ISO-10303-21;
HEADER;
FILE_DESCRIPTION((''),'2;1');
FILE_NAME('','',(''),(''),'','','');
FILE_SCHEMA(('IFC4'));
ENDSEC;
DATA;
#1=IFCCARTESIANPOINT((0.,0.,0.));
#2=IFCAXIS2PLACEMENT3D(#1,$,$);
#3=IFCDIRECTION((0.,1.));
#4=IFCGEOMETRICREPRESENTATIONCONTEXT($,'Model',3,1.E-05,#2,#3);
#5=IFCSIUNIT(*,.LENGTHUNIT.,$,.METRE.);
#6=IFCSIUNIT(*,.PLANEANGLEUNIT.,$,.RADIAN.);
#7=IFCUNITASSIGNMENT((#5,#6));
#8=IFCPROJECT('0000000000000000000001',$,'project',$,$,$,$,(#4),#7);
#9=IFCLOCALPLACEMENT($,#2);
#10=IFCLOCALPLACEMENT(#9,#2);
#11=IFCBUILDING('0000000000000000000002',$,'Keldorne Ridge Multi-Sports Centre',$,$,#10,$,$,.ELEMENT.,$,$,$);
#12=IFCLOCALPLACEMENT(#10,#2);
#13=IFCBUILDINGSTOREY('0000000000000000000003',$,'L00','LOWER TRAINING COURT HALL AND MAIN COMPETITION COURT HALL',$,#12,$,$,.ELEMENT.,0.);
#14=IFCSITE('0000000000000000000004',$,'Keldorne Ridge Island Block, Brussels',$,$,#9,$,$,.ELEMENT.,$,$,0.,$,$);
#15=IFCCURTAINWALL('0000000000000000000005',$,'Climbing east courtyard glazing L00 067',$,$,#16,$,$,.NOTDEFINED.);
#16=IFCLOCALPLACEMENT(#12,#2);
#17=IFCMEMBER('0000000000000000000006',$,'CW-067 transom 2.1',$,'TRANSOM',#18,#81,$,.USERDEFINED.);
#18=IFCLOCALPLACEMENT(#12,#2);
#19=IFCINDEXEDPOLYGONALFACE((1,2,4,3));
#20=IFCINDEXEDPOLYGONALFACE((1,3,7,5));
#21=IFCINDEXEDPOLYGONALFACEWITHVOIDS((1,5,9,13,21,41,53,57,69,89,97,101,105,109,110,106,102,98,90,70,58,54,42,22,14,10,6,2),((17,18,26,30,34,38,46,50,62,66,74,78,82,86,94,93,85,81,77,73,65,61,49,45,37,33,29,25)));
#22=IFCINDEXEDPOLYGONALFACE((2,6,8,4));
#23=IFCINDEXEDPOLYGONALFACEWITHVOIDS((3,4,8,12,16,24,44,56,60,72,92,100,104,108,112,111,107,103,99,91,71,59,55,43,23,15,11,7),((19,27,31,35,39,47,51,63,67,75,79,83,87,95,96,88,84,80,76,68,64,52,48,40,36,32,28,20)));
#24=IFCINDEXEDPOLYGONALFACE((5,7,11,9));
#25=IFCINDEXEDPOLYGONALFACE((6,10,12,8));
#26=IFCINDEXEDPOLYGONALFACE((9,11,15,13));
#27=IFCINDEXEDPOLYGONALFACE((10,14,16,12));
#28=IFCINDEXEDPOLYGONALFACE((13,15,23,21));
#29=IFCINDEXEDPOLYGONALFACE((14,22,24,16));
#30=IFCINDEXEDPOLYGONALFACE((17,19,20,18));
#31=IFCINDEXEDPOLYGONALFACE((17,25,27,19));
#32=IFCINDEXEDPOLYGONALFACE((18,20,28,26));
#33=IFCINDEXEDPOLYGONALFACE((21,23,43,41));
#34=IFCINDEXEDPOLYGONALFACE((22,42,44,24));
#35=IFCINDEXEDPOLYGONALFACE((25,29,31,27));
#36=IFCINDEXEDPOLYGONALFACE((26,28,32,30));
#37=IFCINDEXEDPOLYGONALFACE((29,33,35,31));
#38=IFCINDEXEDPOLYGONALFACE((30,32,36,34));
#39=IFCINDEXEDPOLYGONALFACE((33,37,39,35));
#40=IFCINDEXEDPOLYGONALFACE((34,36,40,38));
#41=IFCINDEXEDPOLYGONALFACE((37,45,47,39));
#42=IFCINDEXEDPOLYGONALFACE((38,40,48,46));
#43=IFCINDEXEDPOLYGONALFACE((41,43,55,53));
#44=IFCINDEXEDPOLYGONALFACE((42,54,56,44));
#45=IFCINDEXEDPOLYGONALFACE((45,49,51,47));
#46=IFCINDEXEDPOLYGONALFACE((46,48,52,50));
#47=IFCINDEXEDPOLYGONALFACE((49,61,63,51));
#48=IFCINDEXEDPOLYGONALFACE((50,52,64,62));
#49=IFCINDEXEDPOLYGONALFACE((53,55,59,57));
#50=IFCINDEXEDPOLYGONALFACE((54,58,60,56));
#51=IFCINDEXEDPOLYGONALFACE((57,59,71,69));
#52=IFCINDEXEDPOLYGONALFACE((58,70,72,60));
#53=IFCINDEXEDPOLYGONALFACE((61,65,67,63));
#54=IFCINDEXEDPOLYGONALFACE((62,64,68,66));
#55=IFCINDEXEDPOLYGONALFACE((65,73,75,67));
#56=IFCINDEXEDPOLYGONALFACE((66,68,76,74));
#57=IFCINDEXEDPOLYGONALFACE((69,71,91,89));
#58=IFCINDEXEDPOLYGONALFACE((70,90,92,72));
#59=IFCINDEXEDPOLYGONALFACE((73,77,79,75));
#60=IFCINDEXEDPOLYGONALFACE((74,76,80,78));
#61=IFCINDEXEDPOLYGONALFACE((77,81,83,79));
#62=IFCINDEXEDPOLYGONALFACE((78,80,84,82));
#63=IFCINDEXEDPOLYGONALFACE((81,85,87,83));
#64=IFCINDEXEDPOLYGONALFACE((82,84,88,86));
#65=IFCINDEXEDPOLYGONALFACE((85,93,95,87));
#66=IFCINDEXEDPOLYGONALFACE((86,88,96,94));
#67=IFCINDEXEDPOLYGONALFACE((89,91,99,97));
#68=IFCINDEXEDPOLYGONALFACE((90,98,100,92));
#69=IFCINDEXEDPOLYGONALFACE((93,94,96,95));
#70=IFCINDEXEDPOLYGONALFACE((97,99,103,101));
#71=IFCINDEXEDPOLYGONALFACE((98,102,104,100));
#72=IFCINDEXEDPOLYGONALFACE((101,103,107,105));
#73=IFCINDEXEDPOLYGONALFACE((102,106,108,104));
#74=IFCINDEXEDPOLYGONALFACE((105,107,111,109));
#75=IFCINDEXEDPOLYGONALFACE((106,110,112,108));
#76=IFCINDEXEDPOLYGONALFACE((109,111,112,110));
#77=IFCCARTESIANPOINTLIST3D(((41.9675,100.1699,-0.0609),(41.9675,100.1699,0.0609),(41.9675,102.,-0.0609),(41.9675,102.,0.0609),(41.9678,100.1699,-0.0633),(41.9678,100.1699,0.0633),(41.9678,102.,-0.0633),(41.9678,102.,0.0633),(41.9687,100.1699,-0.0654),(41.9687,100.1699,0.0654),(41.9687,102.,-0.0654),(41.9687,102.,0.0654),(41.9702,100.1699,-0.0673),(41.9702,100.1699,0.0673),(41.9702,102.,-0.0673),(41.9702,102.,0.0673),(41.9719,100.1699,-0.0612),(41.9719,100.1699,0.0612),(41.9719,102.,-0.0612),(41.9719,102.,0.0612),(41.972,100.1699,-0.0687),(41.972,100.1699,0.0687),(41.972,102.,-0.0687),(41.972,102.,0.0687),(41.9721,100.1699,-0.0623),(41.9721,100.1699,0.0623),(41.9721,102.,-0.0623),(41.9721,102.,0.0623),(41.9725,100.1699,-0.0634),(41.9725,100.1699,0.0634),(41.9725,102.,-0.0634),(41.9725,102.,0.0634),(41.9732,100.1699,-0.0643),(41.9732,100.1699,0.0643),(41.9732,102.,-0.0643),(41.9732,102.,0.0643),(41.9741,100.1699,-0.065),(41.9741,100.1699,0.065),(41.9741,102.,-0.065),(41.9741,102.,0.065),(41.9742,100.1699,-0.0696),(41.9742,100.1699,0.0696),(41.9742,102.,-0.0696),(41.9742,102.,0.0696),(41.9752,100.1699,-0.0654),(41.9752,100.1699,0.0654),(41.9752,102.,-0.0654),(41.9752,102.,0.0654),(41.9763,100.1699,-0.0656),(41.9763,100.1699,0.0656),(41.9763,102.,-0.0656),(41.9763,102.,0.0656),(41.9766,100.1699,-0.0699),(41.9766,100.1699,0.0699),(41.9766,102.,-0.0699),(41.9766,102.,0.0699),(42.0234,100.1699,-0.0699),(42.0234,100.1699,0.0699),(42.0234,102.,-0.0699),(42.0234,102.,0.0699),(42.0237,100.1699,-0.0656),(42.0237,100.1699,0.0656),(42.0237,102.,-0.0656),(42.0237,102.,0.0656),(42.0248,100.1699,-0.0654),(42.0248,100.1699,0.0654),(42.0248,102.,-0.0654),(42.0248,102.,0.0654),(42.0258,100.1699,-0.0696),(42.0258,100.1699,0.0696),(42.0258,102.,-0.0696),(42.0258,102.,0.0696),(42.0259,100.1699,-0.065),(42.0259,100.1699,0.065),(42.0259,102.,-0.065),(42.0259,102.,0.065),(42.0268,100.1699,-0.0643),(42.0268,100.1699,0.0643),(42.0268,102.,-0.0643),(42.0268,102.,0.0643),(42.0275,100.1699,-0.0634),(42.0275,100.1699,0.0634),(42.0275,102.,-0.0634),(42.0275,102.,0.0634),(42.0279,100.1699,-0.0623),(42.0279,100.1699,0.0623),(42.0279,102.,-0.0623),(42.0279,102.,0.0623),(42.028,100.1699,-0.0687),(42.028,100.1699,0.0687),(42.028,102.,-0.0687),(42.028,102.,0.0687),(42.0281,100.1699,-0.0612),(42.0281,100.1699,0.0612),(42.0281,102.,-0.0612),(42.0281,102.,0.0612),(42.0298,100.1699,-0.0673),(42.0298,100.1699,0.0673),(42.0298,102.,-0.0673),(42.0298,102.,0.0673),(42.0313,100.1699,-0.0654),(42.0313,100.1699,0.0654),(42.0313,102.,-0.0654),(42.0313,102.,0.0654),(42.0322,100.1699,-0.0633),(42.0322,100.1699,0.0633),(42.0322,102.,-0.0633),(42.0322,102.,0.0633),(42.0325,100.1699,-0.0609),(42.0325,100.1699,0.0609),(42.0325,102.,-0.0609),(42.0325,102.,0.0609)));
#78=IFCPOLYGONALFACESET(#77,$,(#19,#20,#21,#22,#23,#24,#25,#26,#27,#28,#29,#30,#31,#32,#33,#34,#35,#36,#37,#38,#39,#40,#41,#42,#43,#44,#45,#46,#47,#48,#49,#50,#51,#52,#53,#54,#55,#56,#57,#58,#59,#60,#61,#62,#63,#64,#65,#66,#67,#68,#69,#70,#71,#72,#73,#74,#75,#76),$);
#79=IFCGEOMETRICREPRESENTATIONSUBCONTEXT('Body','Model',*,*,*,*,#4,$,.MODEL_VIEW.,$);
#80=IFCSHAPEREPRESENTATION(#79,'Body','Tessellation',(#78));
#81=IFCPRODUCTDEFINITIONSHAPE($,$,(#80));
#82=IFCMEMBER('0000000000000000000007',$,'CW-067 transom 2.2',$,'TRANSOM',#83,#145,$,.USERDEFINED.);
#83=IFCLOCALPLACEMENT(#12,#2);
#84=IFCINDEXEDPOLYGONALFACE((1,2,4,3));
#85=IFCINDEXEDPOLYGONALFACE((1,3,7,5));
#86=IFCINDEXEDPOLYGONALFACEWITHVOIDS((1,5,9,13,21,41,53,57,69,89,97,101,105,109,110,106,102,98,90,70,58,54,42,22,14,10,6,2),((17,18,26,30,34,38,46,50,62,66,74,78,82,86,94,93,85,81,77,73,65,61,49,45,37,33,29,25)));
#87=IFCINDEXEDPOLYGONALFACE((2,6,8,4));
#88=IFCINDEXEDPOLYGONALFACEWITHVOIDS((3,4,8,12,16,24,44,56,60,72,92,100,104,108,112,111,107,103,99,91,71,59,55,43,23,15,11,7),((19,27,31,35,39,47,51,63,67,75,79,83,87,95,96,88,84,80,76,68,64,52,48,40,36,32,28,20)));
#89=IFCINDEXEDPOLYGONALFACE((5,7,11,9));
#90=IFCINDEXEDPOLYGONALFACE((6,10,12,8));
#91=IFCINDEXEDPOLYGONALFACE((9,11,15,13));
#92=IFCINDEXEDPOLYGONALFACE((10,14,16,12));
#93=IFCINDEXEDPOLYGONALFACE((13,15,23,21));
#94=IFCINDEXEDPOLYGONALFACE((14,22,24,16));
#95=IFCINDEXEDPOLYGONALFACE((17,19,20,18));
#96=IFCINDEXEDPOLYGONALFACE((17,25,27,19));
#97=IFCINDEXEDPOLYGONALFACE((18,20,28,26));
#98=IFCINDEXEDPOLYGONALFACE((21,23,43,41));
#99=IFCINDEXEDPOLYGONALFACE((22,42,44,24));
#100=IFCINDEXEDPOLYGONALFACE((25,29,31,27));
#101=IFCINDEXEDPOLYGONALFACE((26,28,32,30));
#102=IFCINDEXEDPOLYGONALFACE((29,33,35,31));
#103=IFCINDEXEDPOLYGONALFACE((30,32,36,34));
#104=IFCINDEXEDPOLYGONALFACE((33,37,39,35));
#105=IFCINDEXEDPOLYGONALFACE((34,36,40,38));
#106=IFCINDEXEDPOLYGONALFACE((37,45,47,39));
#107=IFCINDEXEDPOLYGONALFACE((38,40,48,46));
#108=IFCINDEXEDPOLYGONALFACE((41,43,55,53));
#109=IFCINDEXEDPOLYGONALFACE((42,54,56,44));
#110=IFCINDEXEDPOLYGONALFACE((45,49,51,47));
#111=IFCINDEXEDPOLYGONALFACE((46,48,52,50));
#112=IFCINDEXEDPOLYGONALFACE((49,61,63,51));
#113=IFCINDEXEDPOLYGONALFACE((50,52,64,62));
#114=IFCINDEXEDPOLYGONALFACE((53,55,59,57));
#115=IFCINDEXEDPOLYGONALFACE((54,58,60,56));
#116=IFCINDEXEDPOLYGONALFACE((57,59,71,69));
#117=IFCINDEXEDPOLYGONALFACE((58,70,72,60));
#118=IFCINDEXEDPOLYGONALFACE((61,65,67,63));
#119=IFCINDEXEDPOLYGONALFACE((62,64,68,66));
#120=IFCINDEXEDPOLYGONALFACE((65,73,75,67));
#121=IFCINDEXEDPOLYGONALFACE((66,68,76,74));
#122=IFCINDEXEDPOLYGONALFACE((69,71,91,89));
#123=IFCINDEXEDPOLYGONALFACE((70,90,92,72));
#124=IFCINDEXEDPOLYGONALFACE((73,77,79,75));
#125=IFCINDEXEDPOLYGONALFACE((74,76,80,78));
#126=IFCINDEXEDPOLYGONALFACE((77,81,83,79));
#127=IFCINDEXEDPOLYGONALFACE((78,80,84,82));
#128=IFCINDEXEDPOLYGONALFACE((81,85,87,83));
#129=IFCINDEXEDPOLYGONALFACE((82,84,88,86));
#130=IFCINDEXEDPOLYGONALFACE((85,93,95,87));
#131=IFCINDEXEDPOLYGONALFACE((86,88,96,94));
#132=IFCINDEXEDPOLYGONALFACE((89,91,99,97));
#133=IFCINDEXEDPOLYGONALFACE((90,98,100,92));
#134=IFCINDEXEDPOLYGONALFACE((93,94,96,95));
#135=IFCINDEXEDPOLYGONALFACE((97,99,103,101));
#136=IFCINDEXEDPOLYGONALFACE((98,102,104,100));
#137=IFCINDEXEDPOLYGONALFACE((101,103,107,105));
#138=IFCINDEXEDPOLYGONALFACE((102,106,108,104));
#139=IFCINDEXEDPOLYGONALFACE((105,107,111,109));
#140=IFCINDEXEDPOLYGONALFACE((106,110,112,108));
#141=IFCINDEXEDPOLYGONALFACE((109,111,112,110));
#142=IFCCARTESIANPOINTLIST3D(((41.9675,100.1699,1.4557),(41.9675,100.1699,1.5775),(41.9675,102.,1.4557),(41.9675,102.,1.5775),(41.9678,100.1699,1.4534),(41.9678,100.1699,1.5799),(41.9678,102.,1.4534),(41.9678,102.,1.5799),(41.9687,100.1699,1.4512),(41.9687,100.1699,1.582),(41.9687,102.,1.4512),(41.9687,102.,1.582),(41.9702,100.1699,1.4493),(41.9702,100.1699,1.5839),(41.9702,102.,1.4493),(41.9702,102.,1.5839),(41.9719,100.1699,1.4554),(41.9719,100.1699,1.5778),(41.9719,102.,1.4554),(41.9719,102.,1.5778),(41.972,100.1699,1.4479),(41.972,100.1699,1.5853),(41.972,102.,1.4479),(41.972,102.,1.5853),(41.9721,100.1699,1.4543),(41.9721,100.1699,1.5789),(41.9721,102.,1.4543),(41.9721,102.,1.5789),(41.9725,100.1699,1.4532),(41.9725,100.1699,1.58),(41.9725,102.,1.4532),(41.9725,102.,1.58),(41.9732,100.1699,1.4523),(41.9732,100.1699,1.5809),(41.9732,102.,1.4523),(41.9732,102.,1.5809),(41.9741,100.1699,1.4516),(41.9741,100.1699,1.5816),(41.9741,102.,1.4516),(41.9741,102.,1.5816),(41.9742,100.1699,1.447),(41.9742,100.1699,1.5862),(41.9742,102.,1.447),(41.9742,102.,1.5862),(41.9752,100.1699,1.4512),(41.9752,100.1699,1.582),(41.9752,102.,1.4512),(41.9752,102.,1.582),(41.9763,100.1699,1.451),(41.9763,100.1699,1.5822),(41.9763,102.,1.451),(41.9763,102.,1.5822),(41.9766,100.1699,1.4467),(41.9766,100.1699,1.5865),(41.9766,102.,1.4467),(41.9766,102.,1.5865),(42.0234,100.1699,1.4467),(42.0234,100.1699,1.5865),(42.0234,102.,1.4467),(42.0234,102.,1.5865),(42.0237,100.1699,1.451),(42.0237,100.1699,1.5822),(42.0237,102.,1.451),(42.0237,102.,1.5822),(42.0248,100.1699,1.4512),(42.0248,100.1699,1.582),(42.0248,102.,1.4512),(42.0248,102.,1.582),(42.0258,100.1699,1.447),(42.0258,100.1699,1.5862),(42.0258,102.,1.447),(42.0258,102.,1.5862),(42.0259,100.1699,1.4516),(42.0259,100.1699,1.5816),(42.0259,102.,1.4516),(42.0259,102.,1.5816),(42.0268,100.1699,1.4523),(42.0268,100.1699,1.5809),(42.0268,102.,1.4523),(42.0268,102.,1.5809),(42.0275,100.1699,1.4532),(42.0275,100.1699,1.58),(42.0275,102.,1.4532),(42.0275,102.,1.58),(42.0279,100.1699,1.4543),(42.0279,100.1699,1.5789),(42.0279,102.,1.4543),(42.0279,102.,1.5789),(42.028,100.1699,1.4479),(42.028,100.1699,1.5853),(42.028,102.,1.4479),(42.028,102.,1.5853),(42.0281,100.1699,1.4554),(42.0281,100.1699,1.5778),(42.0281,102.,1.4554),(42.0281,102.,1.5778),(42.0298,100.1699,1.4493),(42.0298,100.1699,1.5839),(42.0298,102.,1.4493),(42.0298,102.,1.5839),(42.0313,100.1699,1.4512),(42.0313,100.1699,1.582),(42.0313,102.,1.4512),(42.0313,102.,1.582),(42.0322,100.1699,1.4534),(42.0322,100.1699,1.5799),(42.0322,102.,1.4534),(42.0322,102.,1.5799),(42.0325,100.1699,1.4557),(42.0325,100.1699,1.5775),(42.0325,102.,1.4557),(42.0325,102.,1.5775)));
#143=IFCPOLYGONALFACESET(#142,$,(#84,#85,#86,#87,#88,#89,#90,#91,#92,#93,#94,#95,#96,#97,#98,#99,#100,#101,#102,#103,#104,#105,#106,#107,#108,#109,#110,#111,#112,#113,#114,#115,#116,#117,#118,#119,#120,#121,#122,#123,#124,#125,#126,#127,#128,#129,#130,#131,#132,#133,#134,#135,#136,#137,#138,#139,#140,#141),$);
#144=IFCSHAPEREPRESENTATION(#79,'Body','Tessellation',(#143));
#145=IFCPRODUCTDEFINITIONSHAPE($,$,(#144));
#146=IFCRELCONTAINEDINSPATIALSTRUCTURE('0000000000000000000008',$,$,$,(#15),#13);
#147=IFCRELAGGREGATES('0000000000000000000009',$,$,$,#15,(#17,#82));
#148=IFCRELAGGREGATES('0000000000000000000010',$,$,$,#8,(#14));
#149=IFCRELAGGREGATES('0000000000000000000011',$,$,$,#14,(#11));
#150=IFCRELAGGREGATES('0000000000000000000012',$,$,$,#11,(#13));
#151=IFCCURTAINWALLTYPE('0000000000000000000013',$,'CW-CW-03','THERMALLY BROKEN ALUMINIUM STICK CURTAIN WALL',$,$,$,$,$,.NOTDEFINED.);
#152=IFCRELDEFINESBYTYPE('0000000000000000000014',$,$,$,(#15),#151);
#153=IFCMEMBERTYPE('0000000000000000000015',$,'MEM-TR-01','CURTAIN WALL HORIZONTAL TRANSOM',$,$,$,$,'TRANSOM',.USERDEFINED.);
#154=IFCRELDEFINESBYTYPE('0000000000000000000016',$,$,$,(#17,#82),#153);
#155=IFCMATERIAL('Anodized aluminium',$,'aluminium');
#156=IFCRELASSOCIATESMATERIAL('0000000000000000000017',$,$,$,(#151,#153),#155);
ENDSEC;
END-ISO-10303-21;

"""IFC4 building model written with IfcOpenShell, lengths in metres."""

from ifc_helpers import new_model, si_unit, direction, frame, origin, origin_2d, place, context, subcontext, project, spatial, hollow_rectangle, extrude, material, material_profile, profile_set, type_object, element, aggregate, save


model = new_model("IFC4")

# Units and contexts
model_context = context("Model", 3, precision=1e-05, world=origin(), true_north=direction((0.0, 1.0)))
body_context = subcontext(model_context, "Body", "Model", "MODEL_VIEW")
ifc_project = project(units=[si_unit("LENGTHUNIT", "METRE"), si_unit("PLANEANGLEUNIT", "RADIAN")], contexts=[model_context])

# Site, building, storey
site_placement = place(None, origin())
site = spatial("IfcSite", under=ifc_project, at=site_placement, Name="Keldorne Ridge Island Block, Brussels", CompositionType="ELEMENT", RefElevation=0.0)
building_placement = place(site_placement, origin())
building = spatial("IfcBuilding", under=site, at=building_placement, Name="Keldorne Ridge Multi-Sports Centre", CompositionType="ELEMENT")
storey_placement = place(building_placement, origin())
storey = spatial("IfcBuildingStorey", under=building, at=storey_placement, Name="L00", Description="LOWER TRAINING COURT HALL AND MAIN COMPETITION COURT HALL", CompositionType="ELEMENT", Elevation=0.0)

# Shared definitions
ifc_material_1 = material(Name="Anodized aluminium", Category="aluminium")

# Curtain wall, members
curtain_wall_type_1 = type_object("IfcCurtainWallType", Name="CW-CW-03", Description="THERMALLY BROKEN ALUMINIUM STICK CURTAIN WALL", PredefinedType="NOTDEFINED", material=ifc_material_1)
curtain_wall_1_placement = place(storey_placement, origin())
curtain_wall_1 = element("IfcCurtainWall", 1, at=curtain_wall_1_placement, inside=storey, type_object=curtain_wall_type_1, Name="Climbing east courtyard glazing L00 067", PredefinedType="NOTDEFINED")
ifc_material_profile_1 = material_profile(ifc_material_1, hollow_rectangle(XDim=0.0649, YDim=0.1399, WallThickness=0.0044, InnerFilletRadius=0.0044, OuterFilletRadius=0.009, at=origin_2d()), Name="ALU TRANSOM 140x65x4.5")
ifc_profile_set_1 = profile_set([ifc_material_profile_1], Name="Anodized aluminium")
member_type_1 = type_object("IfcMemberType", Name="MEM-TR-01", Description="CURTAIN WALL HORIZONTAL TRANSOM", ElementType="TRANSOM", PredefinedType="USERDEFINED", material=ifc_profile_set_1)
member_1_placement = place(storey_placement, frame((42.0, 100.1699, 0.0), z_axis=(0.0, 1.0, 0.0), x_axis=(-1.0, 0.0, 0.0)))
member_1 = element("IfcMember", 2, at=member_1_placement, type_object=member_type_1, Name="CW-067 transom 2.1", ObjectType="TRANSOM", PredefinedType="USERDEFINED", context=body_context, shape_type="SweptSolid", body=[
    extrude(hollow_rectangle(XDim=0.0649, YDim=0.1399, WallThickness=0.0044, InnerFilletRadius=0.0044, OuterFilletRadius=0.009, at=origin_2d()), origin(), (0.0, 0.0, 1.0), 1.8301),
])
member_2_placement = place(storey_placement, frame((42.0, 100.1699, 1.5166), z_axis=(0.0, 1.0, 0.0), x_axis=(-1.0, 0.0, 0.0)))
member_2 = element("IfcMember", 3, at=member_2_placement, type_object=member_type_1, Name="CW-067 transom 2.2", ObjectType="TRANSOM", PredefinedType="USERDEFINED", context=body_context, shape_type="SweptSolid", body=[
    extrude(hollow_rectangle(XDim=0.0649, YDim=0.1399, WallThickness=0.0044, InnerFilletRadius=0.0044, OuterFilletRadius=0.009, at=origin_2d()), origin(), (0.0, 0.0, 1.0), 1.8301),
])

aggregate(curtain_wall_1, [member_1, member_2])

save(model, "model.ifc")
